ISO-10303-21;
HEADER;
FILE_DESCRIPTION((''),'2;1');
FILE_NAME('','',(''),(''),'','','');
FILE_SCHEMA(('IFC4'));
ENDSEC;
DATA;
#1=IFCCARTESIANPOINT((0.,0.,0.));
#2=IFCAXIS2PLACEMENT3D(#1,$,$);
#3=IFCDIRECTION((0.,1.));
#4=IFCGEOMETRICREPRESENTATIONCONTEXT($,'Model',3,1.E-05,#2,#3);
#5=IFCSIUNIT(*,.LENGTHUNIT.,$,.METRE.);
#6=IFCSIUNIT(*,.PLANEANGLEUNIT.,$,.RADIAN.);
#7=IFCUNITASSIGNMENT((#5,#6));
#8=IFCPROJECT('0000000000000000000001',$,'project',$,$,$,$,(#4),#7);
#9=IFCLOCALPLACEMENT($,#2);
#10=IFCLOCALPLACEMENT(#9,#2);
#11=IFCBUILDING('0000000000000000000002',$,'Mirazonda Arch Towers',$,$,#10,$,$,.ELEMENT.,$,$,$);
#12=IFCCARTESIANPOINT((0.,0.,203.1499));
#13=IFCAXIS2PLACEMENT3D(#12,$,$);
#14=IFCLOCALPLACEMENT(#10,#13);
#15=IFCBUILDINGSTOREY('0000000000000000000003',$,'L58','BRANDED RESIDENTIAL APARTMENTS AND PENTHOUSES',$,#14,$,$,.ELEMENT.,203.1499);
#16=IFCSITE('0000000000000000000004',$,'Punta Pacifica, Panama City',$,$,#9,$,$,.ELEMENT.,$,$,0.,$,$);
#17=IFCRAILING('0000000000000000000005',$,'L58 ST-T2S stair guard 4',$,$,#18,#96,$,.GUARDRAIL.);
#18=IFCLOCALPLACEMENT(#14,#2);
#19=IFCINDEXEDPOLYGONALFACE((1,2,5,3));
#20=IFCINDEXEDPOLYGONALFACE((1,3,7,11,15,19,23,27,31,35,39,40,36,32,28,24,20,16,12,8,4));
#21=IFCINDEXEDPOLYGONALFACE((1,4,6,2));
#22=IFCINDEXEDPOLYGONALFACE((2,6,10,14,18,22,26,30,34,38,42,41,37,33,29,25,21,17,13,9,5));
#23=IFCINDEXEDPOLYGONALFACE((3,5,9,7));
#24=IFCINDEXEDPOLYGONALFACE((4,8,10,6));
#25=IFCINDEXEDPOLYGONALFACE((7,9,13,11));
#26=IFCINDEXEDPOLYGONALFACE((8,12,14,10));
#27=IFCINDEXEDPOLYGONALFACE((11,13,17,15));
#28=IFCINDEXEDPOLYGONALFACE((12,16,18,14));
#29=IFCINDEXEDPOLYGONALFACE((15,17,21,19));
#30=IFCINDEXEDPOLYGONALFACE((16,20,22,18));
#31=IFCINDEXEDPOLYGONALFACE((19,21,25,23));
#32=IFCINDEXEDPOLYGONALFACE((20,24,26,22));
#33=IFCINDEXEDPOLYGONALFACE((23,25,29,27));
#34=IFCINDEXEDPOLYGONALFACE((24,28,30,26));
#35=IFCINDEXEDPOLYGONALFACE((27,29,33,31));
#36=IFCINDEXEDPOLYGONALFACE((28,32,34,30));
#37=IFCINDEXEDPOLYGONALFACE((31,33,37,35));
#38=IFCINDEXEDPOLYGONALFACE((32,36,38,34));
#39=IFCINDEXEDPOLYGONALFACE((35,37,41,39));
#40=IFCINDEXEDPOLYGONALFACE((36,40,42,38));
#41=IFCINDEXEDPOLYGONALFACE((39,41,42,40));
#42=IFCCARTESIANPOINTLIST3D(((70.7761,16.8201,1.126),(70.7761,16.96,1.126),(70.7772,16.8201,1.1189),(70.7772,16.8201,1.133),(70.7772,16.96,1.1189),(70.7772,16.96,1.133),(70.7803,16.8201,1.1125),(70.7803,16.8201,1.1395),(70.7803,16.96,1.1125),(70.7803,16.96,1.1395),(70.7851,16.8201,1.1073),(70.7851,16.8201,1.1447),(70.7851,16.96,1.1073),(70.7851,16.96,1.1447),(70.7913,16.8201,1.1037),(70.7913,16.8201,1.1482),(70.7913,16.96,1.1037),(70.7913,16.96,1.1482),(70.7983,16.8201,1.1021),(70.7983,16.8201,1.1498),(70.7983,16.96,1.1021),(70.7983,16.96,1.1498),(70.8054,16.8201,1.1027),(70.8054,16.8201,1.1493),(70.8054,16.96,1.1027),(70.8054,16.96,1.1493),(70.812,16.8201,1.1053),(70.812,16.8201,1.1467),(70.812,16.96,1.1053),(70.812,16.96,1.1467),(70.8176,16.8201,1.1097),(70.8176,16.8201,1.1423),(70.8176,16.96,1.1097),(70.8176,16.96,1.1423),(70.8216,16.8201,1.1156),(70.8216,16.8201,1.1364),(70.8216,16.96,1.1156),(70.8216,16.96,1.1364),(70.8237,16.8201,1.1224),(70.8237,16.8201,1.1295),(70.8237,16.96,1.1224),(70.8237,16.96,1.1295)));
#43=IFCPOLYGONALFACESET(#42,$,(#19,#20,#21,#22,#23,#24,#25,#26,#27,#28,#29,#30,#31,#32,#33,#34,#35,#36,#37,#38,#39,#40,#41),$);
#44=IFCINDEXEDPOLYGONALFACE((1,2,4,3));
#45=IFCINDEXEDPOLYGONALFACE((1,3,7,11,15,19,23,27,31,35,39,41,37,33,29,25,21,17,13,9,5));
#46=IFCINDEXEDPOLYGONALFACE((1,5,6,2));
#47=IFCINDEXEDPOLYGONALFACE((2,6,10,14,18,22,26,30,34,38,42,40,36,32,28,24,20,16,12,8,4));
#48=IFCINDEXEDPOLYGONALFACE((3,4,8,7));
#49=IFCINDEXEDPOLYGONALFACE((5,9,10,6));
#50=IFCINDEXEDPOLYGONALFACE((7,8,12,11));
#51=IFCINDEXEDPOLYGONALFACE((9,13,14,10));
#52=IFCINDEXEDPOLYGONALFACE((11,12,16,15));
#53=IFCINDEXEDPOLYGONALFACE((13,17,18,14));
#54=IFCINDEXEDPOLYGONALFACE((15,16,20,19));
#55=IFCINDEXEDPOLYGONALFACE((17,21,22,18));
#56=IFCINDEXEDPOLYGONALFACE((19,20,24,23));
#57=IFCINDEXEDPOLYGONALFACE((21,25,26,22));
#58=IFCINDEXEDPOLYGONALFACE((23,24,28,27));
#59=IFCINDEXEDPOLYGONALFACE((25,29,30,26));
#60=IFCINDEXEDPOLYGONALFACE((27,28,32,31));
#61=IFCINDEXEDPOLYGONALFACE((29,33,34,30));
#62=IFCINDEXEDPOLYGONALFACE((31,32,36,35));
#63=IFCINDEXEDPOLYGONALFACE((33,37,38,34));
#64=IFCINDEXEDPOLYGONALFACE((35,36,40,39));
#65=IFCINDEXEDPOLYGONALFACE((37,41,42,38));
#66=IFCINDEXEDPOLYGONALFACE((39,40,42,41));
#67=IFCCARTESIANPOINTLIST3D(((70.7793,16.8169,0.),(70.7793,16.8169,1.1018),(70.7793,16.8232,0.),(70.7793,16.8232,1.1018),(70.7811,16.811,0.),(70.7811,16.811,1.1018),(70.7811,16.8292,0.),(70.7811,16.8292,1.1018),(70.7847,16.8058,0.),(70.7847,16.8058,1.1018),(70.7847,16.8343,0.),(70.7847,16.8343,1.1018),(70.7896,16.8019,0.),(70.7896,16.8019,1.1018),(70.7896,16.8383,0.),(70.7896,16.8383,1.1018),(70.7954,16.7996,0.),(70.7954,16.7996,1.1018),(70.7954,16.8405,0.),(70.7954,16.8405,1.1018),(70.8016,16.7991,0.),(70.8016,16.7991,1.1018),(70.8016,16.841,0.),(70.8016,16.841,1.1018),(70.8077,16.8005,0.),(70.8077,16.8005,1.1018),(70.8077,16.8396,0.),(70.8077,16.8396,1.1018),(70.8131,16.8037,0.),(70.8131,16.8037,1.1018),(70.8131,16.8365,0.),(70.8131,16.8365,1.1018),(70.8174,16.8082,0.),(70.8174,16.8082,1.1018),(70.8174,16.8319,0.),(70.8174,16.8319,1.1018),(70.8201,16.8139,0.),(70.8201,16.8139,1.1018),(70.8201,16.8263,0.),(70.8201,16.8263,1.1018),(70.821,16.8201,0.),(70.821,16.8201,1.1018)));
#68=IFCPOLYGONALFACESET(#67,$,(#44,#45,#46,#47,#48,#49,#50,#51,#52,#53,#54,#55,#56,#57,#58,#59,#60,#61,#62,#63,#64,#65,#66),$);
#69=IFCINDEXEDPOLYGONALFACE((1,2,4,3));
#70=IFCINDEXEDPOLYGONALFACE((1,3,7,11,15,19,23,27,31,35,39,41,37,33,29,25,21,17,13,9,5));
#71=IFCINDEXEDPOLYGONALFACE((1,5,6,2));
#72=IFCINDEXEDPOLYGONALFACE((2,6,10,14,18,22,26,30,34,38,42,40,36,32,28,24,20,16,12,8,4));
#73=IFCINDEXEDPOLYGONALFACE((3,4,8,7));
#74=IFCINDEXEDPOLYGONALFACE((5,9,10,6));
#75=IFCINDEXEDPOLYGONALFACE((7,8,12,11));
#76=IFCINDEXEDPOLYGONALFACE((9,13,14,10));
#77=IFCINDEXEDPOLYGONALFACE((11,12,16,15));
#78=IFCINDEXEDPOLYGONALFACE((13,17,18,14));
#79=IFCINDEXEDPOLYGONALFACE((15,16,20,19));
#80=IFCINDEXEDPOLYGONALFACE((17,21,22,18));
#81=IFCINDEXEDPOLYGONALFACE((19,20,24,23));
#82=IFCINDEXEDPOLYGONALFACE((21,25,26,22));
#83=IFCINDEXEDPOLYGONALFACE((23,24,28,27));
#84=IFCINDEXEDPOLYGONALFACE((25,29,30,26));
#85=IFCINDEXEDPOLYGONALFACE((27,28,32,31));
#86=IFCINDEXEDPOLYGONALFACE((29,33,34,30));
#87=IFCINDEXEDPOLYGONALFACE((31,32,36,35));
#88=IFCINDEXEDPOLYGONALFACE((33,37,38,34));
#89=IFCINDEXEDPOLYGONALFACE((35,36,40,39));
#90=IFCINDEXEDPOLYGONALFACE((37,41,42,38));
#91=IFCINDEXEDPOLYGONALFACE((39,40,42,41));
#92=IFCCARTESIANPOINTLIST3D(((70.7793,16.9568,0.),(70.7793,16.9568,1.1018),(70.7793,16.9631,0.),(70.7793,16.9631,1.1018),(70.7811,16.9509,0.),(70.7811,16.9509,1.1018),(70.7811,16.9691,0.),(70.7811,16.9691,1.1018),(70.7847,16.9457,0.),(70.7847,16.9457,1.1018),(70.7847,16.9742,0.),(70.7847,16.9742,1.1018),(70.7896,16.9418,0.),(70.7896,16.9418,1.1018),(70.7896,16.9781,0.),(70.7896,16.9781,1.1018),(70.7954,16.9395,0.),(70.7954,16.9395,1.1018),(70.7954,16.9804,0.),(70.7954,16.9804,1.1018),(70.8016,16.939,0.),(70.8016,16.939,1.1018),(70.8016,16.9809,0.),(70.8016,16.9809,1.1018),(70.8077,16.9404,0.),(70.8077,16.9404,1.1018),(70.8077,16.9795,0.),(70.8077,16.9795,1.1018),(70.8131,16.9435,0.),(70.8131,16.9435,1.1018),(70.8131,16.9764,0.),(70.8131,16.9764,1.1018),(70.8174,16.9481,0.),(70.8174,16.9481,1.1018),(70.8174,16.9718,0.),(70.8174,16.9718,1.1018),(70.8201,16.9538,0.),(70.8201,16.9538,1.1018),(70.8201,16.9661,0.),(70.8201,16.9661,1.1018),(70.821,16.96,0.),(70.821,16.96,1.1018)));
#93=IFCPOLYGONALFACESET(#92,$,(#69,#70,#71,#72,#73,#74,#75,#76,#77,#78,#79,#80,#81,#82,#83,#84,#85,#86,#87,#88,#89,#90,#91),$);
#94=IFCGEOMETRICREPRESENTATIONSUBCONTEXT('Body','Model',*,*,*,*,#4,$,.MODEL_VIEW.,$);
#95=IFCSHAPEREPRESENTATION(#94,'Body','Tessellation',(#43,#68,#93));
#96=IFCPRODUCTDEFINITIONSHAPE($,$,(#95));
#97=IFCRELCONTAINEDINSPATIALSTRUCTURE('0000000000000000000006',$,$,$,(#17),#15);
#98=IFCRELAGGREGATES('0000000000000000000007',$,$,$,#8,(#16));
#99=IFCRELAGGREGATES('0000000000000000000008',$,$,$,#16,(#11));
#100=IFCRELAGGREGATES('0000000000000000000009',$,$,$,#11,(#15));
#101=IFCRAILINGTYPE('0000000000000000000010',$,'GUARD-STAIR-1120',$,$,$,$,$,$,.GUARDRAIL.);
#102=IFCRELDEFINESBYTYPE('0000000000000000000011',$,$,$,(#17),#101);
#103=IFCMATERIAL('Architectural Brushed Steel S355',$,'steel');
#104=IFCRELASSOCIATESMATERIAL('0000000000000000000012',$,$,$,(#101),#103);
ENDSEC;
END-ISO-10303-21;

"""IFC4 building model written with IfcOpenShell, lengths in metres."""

from ifc_helpers import new_model, si_unit, direction, frame, origin, origin_2d, place, context, subcontext, project, spatial, circle, extrude, material, type_object, element, save


model = new_model("IFC4")

# Units and contexts
model_context = context("Model", 3, precision=1e-05, world=origin(), true_north=direction((0.0, 1.0)))
body_context = subcontext(model_context, "Body", "Model", "MODEL_VIEW")
ifc_project = project(units=[si_unit("LENGTHUNIT", "METRE"), si_unit("PLANEANGLEUNIT", "RADIAN")], contexts=[model_context])

# Site, building, storey
site_placement = place(None, origin())
site = spatial("IfcSite", under=ifc_project, at=site_placement, Name="Punta Pacifica, Panama City", CompositionType="ELEMENT", RefElevation=0.0)
building_placement = place(site_placement, origin())
building = spatial("IfcBuilding", under=site, at=building_placement, Name="Mirazonda Arch Towers", CompositionType="ELEMENT")
storey_placement = place(building_placement, frame((0.0, 0.0, 203.1499)))
storey = spatial("IfcBuildingStorey", under=building, at=storey_placement, Name="L58", Description="BRANDED RESIDENTIAL APARTMENTS AND PENTHOUSES", CompositionType="ELEMENT", Elevation=203.1499)

# Shared definitions
ifc_material_1 = material(Name="Architectural Brushed Steel S355", Category="steel")

# Railing
railing_type_1 = type_object("IfcRailingType", Name="GUARD-STAIR-1120", PredefinedType="GUARDRAIL", material=ifc_material_1)
railing_1_placement = place(storey_placement, frame((70.8, 16.8201, 0.0)))
element("IfcRailing", 1, at=railing_1_placement, inside=storey, type_object=railing_type_1, Name="L58 ST-T2S stair guard 4", PredefinedType="GUARDRAIL", context=body_context, shape_type="SweptSolid", body=[
    extrude(circle(Radius=0.0239, at=origin_2d()), frame((0.0, 0.0, 1.126), z_axis=(0.0, 1.0, 0.0), x_axis=(-1.0, 0.0, 0.0)), (0.0, 0.0, 1.0), 0.1399),
    extrude(circle(Radius=0.021, at=origin_2d()), origin(), (0.0, 0.0, 1.0), 1.1018),
    extrude(circle(Radius=0.021, at=origin_2d()), frame((0.0, 0.1399, 0.0)), (0.0, 0.0, 1.0), 1.1018),
])

save(model, "model.ifc")
